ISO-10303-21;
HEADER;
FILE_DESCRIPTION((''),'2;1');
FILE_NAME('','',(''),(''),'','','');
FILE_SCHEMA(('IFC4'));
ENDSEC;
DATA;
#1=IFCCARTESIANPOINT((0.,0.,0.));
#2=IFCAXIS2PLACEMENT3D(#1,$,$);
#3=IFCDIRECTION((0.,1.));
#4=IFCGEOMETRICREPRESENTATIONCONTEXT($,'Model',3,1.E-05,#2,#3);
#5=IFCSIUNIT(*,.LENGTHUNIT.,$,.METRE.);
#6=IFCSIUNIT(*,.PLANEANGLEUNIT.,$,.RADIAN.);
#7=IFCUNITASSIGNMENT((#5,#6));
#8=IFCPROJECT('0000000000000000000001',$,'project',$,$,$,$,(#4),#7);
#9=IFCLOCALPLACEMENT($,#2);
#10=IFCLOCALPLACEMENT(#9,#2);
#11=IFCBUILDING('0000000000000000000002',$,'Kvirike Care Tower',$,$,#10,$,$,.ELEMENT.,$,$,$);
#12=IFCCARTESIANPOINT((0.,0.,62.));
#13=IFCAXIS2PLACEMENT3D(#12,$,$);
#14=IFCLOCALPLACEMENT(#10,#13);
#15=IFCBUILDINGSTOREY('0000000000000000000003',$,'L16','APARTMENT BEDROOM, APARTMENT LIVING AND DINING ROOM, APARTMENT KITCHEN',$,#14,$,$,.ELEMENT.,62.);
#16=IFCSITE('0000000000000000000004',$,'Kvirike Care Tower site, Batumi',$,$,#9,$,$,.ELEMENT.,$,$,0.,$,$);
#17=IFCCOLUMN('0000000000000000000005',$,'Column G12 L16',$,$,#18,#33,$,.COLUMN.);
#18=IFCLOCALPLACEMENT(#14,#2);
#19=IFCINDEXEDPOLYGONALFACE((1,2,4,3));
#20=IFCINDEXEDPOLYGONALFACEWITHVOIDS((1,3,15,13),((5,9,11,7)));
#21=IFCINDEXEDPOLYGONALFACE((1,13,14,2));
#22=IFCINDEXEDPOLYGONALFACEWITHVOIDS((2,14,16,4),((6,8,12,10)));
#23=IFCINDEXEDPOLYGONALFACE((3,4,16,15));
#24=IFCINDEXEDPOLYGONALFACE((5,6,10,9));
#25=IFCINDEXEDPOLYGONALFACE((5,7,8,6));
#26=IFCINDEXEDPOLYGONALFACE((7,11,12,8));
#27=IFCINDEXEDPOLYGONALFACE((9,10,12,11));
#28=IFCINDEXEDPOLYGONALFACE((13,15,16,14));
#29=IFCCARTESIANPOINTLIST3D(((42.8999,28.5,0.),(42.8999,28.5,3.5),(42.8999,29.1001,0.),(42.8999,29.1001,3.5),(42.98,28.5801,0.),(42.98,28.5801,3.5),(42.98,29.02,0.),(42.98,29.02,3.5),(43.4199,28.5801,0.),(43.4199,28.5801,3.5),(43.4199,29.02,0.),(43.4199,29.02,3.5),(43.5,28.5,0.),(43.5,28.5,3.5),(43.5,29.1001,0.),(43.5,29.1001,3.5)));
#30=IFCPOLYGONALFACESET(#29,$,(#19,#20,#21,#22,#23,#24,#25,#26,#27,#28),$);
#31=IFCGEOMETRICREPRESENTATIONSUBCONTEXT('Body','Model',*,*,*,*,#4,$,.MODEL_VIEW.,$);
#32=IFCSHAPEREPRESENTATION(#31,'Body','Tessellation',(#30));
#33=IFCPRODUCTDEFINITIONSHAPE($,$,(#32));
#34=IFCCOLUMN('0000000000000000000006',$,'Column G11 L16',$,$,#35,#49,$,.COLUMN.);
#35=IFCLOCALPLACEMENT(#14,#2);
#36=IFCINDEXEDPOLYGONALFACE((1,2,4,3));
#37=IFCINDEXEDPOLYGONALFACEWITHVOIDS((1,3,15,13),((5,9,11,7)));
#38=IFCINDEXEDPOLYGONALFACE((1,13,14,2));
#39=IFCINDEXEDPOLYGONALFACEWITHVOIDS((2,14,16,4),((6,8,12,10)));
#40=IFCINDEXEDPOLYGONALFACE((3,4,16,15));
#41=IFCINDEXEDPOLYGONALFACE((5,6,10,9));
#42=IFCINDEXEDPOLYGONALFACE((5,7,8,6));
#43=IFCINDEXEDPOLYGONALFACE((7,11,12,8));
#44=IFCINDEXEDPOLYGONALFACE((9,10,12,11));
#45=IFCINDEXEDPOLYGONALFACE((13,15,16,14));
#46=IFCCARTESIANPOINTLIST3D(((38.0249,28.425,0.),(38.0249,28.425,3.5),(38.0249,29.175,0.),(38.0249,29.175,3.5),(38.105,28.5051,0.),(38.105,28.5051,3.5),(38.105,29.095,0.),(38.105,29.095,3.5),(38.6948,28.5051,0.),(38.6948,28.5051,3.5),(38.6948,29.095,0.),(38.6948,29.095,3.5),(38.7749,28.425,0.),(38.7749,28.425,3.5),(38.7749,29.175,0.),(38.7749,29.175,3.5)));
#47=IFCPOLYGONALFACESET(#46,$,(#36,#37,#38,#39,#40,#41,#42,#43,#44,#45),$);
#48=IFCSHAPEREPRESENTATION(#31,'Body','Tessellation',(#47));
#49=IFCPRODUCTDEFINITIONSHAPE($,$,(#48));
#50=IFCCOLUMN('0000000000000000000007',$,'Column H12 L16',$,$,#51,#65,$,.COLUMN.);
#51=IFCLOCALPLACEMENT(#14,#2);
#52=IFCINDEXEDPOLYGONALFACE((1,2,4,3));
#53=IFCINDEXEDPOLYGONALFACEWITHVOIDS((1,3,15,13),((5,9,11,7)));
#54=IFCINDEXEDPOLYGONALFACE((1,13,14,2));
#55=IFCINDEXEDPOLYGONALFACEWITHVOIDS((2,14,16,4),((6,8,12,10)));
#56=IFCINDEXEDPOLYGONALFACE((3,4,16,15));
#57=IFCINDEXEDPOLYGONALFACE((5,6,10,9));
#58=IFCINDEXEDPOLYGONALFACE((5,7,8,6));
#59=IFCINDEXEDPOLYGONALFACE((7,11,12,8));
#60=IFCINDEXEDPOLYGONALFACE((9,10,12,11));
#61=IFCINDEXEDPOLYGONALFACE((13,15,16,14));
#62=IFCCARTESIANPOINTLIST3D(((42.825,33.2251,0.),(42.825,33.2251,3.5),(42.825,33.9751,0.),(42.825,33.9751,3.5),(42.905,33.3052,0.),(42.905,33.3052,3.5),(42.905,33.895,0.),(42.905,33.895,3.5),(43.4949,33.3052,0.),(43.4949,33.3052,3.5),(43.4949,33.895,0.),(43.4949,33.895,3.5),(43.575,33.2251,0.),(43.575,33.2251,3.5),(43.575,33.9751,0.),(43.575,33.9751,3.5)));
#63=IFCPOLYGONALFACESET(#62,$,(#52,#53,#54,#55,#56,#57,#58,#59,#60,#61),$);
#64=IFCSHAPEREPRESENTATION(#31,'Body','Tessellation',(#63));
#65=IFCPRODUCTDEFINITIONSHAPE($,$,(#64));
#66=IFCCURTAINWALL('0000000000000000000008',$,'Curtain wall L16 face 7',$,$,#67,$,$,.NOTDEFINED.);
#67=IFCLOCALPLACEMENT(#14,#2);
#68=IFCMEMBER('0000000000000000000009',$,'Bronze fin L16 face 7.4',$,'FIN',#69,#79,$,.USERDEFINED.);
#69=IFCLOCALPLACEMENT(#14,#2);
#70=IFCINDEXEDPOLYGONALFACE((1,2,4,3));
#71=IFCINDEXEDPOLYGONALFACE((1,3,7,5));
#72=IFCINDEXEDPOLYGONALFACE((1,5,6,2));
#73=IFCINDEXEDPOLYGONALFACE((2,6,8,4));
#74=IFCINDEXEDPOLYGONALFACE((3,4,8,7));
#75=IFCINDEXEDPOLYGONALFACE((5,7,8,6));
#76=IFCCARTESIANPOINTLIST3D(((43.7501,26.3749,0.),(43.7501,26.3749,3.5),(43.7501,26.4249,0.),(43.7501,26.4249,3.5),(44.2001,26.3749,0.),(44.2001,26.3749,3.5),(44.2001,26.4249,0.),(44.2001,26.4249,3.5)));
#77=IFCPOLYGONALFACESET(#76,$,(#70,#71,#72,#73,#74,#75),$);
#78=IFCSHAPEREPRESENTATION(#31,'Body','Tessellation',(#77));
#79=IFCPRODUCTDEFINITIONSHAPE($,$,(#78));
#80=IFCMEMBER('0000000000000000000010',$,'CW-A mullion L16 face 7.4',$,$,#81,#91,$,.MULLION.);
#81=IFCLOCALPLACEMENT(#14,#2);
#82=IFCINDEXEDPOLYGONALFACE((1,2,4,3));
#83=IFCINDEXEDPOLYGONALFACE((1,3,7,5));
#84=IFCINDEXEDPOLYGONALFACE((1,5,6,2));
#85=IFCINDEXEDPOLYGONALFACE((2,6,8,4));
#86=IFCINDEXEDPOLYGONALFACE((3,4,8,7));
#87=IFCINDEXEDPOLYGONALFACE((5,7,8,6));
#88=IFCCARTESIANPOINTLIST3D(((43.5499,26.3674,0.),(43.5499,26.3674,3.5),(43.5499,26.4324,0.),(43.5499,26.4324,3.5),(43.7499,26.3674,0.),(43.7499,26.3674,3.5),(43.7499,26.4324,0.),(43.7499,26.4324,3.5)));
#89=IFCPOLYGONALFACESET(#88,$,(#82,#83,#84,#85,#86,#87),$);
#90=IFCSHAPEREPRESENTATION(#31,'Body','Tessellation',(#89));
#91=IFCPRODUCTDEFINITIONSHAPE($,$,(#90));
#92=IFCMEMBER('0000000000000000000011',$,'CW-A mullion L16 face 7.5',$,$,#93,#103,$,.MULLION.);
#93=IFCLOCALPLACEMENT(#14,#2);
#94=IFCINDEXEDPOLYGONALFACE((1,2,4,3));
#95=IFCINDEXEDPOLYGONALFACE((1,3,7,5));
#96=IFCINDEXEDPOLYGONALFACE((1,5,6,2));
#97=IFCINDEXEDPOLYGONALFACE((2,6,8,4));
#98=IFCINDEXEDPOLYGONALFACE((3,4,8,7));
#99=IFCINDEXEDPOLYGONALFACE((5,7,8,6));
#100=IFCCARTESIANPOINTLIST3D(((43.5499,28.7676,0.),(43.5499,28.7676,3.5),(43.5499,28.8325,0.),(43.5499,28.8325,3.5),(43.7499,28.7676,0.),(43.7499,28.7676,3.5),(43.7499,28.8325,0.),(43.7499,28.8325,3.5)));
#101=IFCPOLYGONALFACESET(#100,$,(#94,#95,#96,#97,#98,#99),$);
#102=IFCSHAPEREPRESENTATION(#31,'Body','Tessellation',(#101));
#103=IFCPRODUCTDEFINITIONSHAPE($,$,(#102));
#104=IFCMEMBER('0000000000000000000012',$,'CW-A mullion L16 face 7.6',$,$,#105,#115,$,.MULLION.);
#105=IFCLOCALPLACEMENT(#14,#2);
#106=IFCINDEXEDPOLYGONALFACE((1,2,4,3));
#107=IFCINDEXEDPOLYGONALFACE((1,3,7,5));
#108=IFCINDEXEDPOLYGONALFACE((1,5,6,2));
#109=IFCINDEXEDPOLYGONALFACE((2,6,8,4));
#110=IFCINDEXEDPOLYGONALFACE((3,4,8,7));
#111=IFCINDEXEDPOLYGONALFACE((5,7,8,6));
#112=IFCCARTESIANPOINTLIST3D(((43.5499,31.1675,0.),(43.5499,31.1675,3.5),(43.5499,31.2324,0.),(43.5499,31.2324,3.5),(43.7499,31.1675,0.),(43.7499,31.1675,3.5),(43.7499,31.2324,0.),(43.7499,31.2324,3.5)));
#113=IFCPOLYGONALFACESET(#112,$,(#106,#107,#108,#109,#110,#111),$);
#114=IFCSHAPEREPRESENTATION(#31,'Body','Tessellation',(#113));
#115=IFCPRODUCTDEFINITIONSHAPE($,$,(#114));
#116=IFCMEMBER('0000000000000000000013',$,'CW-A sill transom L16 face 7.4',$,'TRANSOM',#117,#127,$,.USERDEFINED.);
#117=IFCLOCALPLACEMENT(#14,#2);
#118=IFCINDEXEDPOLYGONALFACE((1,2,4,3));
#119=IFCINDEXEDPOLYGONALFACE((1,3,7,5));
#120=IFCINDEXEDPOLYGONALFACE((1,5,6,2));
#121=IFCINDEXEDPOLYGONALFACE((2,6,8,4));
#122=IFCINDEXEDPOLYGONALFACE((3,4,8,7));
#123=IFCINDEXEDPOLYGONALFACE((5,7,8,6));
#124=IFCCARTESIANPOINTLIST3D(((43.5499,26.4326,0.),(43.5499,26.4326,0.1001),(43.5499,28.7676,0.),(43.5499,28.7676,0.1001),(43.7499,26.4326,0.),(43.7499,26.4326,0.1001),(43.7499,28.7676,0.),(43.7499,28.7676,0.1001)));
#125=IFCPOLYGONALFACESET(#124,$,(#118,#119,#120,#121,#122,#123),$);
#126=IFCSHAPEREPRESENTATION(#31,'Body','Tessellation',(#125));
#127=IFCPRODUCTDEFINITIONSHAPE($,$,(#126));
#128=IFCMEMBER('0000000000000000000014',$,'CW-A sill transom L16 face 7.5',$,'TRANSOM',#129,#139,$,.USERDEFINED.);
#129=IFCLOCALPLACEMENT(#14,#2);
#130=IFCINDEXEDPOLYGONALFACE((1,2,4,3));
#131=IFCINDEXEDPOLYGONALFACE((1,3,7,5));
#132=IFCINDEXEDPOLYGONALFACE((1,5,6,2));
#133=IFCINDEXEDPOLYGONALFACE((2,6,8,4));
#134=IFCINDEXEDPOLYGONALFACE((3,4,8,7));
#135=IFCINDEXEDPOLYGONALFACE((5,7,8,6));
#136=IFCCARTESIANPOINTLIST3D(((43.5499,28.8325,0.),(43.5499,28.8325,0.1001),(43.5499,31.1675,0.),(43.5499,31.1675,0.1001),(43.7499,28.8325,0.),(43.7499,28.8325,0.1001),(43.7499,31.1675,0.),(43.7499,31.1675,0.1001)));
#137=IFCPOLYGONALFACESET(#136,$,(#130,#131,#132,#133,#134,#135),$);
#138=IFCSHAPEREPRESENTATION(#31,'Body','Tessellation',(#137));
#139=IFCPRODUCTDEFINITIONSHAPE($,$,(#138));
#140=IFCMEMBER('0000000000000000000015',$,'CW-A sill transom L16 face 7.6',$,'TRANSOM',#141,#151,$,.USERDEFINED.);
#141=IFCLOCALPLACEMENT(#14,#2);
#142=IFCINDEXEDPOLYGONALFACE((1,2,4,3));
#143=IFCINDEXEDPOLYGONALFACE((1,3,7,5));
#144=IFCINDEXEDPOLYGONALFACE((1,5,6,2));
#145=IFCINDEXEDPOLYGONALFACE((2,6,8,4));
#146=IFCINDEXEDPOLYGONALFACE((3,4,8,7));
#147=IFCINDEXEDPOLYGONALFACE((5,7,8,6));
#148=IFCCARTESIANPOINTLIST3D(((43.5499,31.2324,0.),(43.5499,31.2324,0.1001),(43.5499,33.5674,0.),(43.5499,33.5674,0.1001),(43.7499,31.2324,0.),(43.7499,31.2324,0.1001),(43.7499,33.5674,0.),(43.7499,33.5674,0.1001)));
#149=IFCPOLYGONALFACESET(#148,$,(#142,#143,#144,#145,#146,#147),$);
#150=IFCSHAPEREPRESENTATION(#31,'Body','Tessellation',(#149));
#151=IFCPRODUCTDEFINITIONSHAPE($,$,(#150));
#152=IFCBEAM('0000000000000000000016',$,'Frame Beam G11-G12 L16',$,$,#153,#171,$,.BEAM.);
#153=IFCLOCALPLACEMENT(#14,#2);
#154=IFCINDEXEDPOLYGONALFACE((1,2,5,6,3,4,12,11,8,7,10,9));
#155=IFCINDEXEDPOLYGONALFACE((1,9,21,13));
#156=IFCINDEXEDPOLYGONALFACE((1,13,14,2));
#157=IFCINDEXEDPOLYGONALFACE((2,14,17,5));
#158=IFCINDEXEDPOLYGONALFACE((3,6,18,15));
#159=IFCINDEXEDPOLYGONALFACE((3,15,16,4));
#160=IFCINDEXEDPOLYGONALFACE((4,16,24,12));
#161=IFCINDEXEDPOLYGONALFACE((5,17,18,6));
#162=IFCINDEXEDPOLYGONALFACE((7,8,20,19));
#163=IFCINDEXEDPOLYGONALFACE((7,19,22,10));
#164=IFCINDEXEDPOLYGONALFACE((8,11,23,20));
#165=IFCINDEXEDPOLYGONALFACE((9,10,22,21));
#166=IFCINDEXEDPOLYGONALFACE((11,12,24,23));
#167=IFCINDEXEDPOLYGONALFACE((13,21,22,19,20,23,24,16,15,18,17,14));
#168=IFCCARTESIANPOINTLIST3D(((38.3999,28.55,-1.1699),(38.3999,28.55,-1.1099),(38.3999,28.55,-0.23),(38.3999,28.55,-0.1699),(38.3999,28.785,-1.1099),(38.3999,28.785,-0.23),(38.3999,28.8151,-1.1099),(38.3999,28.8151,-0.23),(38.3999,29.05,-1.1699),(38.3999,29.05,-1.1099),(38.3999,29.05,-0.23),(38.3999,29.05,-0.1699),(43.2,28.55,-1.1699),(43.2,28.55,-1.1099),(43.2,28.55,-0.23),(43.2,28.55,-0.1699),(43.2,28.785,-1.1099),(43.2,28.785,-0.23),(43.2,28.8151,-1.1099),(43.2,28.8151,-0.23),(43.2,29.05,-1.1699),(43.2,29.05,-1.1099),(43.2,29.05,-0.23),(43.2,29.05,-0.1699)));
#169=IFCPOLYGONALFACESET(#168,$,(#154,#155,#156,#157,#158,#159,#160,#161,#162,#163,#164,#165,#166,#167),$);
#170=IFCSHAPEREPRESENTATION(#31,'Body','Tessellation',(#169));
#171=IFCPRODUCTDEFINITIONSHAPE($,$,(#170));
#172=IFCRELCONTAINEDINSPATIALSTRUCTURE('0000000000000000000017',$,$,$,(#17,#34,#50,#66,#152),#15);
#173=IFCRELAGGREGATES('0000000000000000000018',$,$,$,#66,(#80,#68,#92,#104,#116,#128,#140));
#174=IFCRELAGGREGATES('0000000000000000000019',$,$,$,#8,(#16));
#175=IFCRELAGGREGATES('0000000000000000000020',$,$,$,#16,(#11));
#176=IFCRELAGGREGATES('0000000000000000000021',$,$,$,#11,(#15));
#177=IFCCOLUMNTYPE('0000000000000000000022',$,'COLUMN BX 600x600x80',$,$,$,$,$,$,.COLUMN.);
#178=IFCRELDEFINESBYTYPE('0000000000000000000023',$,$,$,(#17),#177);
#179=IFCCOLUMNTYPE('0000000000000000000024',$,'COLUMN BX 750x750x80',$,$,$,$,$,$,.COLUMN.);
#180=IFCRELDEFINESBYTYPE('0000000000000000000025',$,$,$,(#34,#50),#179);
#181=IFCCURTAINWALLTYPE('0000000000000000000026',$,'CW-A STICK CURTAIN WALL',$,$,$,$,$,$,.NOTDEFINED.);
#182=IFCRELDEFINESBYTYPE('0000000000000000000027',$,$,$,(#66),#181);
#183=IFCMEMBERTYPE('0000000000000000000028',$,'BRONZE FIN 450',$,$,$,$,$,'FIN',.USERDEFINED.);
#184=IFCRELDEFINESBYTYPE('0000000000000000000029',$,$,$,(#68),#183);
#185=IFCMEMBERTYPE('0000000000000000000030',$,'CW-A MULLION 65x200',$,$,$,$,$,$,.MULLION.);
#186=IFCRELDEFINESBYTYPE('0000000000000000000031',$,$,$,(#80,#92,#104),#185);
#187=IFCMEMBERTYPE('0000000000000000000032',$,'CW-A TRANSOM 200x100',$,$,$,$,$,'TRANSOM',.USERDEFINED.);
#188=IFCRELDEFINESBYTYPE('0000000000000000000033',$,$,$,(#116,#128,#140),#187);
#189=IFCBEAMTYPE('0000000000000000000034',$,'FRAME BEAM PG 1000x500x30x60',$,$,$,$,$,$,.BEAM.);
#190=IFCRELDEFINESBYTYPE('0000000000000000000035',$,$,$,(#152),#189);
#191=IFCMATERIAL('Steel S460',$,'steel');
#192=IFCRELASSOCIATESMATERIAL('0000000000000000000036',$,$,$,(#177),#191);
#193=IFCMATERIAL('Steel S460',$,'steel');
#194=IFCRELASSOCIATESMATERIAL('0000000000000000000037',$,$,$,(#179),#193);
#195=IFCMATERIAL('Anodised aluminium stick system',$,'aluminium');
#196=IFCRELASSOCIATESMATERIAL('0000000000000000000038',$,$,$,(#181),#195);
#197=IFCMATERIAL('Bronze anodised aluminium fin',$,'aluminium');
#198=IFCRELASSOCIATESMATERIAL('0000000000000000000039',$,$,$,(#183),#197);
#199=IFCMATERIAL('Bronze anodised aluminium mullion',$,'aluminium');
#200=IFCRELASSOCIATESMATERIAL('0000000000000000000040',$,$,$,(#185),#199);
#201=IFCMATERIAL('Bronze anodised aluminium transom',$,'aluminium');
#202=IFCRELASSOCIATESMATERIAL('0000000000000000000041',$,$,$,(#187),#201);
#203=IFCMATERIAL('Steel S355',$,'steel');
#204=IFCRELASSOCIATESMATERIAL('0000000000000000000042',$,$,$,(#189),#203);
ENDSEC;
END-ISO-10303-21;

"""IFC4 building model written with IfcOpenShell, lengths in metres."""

from ifc_helpers import new_model, si_unit, direction, frame, origin, origin_2d, place, context, subcontext, project, spatial, rectangle, hollow_rectangle, i_section, extrude, material, material_profile, profile_set, type_object, element, aggregate, save


model = new_model("IFC4")

# Units and contexts
model_context = context("Model", 3, precision=1e-05, world=origin(), true_north=direction((0.0, 1.0)))
body_context = subcontext(model_context, "Body", "Model", "MODEL_VIEW")
ifc_project = project(units=[si_unit("LENGTHUNIT", "METRE"), si_unit("PLANEANGLEUNIT", "RADIAN")], contexts=[model_context])

# Site, building, storey
site_placement = place(None, origin())
site = spatial("IfcSite", under=ifc_project, at=site_placement, Name="Kvirike Care Tower site, Batumi", CompositionType="ELEMENT", RefElevation=0.0)
building_placement = place(site_placement, origin())
building = spatial("IfcBuilding", under=site, at=building_placement, Name="Kvirike Care Tower", CompositionType="ELEMENT")
storey_placement = place(building_placement, frame((0.0, 0.0, 62.0)))
storey = spatial("IfcBuildingStorey", under=building, at=storey_placement, Name="L16", Description="APARTMENT BEDROOM, APARTMENT LIVING AND DINING ROOM, APARTMENT KITCHEN", CompositionType="ELEMENT", Elevation=62.0)

# Columns
ifc_material_1 = material(Name="Steel S460", Category="steel")
ifc_material_profile_1 = material_profile(ifc_material_1, hollow_rectangle(XDim=0.6001, YDim=0.6001, WallThickness=0.0801, at=origin_2d()), Name="BX 600x600x80")
ifc_profile_set_1 = profile_set([ifc_material_profile_1], Name="Steel S460")
column_type_1 = type_object("IfcColumnType", Name="COLUMN BX 600x600x80", PredefinedType="COLUMN", material=ifc_profile_set_1)
column_placement = place(storey_placement, frame((43.2, 28.8, 0.0), z_axis=(0.0, 0.0, 1.0), x_axis=(0.0, 1.0, 0.0)))
element("IfcColumn", 1, at=column_placement, inside=storey, type_object=column_type_1, Name="Column G12 L16", PredefinedType="COLUMN", context=body_context, shape_type="SweptSolid", body=[
    extrude(hollow_rectangle(XDim=0.6001, YDim=0.6001, WallThickness=0.0801, at=origin_2d()), origin(), (0.0, 0.0, 1.0), 3.5),
])
ifc_material_2 = material(Name="Steel S460", Category="steel")
ifc_material_profile_2 = material_profile(ifc_material_2, hollow_rectangle(XDim=0.75, YDim=0.75, WallThickness=0.0801, at=origin_2d()), Name="BX 750x750x80")
ifc_profile_set_2 = profile_set([ifc_material_profile_2], Name="Steel S460")
column_type_2 = type_object("IfcColumnType", Name="COLUMN BX 750x750x80", PredefinedType="COLUMN", material=ifc_profile_set_2)
for number, where, z_axis, x_axis, name in (
    (2, (38.3999, 28.8, 0.0), (0.0, 0.0, 1.0), (0.0, 1.0, 0.0), "Column G11 L16"),
    (3, (43.2, 33.6001, 0.0), (0.0, 0.0, 1.0), (1.0, 0.0, 0.0), "Column H12 L16"),
):
    element("IfcColumn", number, at=place(storey_placement, frame(where, z_axis=z_axis, x_axis=x_axis)), inside=storey, type_object=column_type_2, Name=name, PredefinedType="COLUMN", context=body_context, shape_type="SweptSolid", body=[
        extrude(hollow_rectangle(XDim=0.75, YDim=0.75, WallThickness=0.0801, at=origin_2d()), origin(), (0.0, 0.0, 1.0), 3.5),
    ])

# Curtain wall, members
ifc_material_3 = material(Name="Anodised aluminium stick system", Category="aluminium")
curtain_wall_type = type_object("IfcCurtainWallType", Name="CW-A STICK CURTAIN WALL", PredefinedType="NOTDEFINED", material=ifc_material_3)
curtain_wall_placement = place(storey_placement, origin())
curtain_wall = element("IfcCurtainWall", 4, at=curtain_wall_placement, inside=storey, type_object=curtain_wall_type, Name="Curtain wall L16 face 7", PredefinedType="NOTDEFINED")
ifc_material_4 = material(Name="Bronze anodised aluminium fin", Category="aluminium")
ifc_material_profile_3 = material_profile(ifc_material_4, rectangle(XDim=0.05, YDim=0.45, at=origin_2d()), Name="BRONZE FIN 450")
ifc_profile_set_3 = profile_set([ifc_material_profile_3], Name="Bronze anodised aluminium fin")
member_type_1 = type_object("IfcMemberType", Name="BRONZE FIN 450", ElementType="FIN", PredefinedType="USERDEFINED", material=ifc_profile_set_3)
member_1_placement = place(storey_placement, frame((43.9751, 26.3999, 0.0), z_axis=(0.0, 0.0, 1.0), x_axis=(0.0, 1.0, 0.0)))
member_1 = element("IfcMember", 5, at=member_1_placement, type_object=member_type_1, Name="Bronze fin L16 face 7.4", ObjectType="FIN", PredefinedType="USERDEFINED", context=body_context, shape_type="SweptSolid", body=[
    extrude(rectangle(XDim=0.05, YDim=0.45, at=origin_2d()), origin(), (0.0, 0.0, 1.0), 3.5),
])
ifc_material_5 = material(Name="Bronze anodised aluminium mullion", Category="aluminium")
ifc_material_profile_4 = material_profile(ifc_material_5, rectangle(XDim=0.0649, YDim=0.2, at=origin_2d()), Name="CW-A MULLION 65x200")
ifc_profile_set_4 = profile_set([ifc_material_profile_4], Name="Bronze anodised aluminium mullion")
member_type_2 = type_object("IfcMemberType", Name="CW-A MULLION 65x200", PredefinedType="MULLION", material=ifc_profile_set_4)
member_2_placement = place(storey_placement, frame((43.6499, 26.3999, 0.0), z_axis=(0.0, 0.0, 1.0), x_axis=(0.0, 1.0, 0.0)))
member_2 = element("IfcMember", 6, at=member_2_placement, type_object=member_type_2, Name="CW-A mullion L16 face 7.4", PredefinedType="MULLION", context=body_context, shape_type="SweptSolid", body=[
    extrude(rectangle(XDim=0.0649, YDim=0.2, at=origin_2d()), origin(), (0.0, 0.0, 1.0), 3.5),
])
member_3_placement = place(storey_placement, frame((43.6499, 28.8, 0.0), z_axis=(0.0, 0.0, 1.0), x_axis=(0.0, 1.0, 0.0)))
member_3 = element("IfcMember", 7, at=member_3_placement, type_object=member_type_2, Name="CW-A mullion L16 face 7.5", PredefinedType="MULLION", context=body_context, shape_type="SweptSolid", body=[
    extrude(rectangle(XDim=0.0649, YDim=0.2, at=origin_2d()), origin(), (0.0, 0.0, 1.0), 3.5),
])
member_4_placement = place(storey_placement, frame((43.6499, 31.2, 0.0), z_axis=(0.0, 0.0, 1.0), x_axis=(0.0, 1.0, 0.0)))
member_4 = element("IfcMember", 8, at=member_4_placement, type_object=member_type_2, Name="CW-A mullion L16 face 7.6", PredefinedType="MULLION", context=body_context, shape_type="SweptSolid", body=[
    extrude(rectangle(XDim=0.0649, YDim=0.2, at=origin_2d()), origin(), (0.0, 0.0, 1.0), 3.5),
])
ifc_material_6 = material(Name="Bronze anodised aluminium transom", Category="aluminium")
ifc_material_profile_5 = material_profile(ifc_material_6, rectangle(XDim=0.2, YDim=0.1001, at=origin_2d()), Name="CW-A TRANSOM 200x100")
ifc_profile_set_5 = profile_set([ifc_material_profile_5], Name="Bronze anodised aluminium transom")
member_type_3 = type_object("IfcMemberType", Name="CW-A TRANSOM 200x100", ElementType="TRANSOM", PredefinedType="USERDEFINED", material=ifc_profile_set_5)
member_5_placement = place(storey_placement, frame((43.6499, 26.4326, 0.05), z_axis=(0.0, 1.0, 0.0), x_axis=(-1.0, 0.0, 0.0)))
member_5 = element("IfcMember", 9, at=member_5_placement, type_object=member_type_3, Name="CW-A sill transom L16 face 7.4", ObjectType="TRANSOM", PredefinedType="USERDEFINED", context=body_context, shape_type="SweptSolid", body=[
    extrude(rectangle(XDim=0.2, YDim=0.1001, at=origin_2d()), origin(), (0.0, 0.0, 1.0), 2.335),
])
member_6_placement = place(storey_placement, frame((43.6499, 28.8325, 0.05), z_axis=(0.0, 1.0, 0.0), x_axis=(-1.0, 0.0, 0.0)))
member_6 = element("IfcMember", 10, at=member_6_placement, type_object=member_type_3, Name="CW-A sill transom L16 face 7.5", ObjectType="TRANSOM", PredefinedType="USERDEFINED", context=body_context, shape_type="SweptSolid", body=[
    extrude(rectangle(XDim=0.2, YDim=0.1001, at=origin_2d()), origin(), (0.0, 0.0, 1.0), 2.335),
])
member_7_placement = place(storey_placement, frame((43.6499, 31.2324, 0.05), z_axis=(0.0, 1.0, 0.0), x_axis=(-1.0, 0.0, 0.0)))
member_7 = element("IfcMember", 11, at=member_7_placement, type_object=member_type_3, Name="CW-A sill transom L16 face 7.6", ObjectType="TRANSOM", PredefinedType="USERDEFINED", context=body_context, shape_type="SweptSolid", body=[
    extrude(rectangle(XDim=0.2, YDim=0.1001, at=origin_2d()), origin(), (0.0, 0.0, 1.0), 2.335),
])

# Beam
ifc_material_7 = material(Name="Steel S355", Category="steel")
ifc_material_profile_6 = material_profile(ifc_material_7, i_section(OverallWidth=0.5, OverallDepth=1.0, WebThickness=0.03, FlangeThickness=0.0601, at=origin_2d()), Name="PG 1000x500x30x60")
ifc_profile_set_6 = profile_set([ifc_material_profile_6], Name="Steel S355")
beam_type_1 = type_object("IfcBeamType", Name="FRAME BEAM PG 1000x500x30x60", PredefinedType="BEAM", material=ifc_profile_set_6)
beam_1_placement = place(storey_placement, frame((38.3999, 28.8, -0.6699), z_axis=(1.0, 0.0, 0.0), x_axis=(0.0, 1.0, 0.0)))
element("IfcBeam", 12, at=beam_1_placement, inside=storey, type_object=beam_type_1, Name="Frame Beam G11-G12 L16", PredefinedType="BEAM", context=body_context, shape_type="SweptSolid", body=[
    extrude(i_section(OverallWidth=0.5, OverallDepth=1.0, WebThickness=0.03, FlangeThickness=0.0601, at=origin_2d()), origin(), (0.0, 0.0, 1.0), 4.8),
])

aggregate(curtain_wall, [member_2, member_1, member_3, member_4, member_5, member_6, member_7])

save(model, "model.ifc")
